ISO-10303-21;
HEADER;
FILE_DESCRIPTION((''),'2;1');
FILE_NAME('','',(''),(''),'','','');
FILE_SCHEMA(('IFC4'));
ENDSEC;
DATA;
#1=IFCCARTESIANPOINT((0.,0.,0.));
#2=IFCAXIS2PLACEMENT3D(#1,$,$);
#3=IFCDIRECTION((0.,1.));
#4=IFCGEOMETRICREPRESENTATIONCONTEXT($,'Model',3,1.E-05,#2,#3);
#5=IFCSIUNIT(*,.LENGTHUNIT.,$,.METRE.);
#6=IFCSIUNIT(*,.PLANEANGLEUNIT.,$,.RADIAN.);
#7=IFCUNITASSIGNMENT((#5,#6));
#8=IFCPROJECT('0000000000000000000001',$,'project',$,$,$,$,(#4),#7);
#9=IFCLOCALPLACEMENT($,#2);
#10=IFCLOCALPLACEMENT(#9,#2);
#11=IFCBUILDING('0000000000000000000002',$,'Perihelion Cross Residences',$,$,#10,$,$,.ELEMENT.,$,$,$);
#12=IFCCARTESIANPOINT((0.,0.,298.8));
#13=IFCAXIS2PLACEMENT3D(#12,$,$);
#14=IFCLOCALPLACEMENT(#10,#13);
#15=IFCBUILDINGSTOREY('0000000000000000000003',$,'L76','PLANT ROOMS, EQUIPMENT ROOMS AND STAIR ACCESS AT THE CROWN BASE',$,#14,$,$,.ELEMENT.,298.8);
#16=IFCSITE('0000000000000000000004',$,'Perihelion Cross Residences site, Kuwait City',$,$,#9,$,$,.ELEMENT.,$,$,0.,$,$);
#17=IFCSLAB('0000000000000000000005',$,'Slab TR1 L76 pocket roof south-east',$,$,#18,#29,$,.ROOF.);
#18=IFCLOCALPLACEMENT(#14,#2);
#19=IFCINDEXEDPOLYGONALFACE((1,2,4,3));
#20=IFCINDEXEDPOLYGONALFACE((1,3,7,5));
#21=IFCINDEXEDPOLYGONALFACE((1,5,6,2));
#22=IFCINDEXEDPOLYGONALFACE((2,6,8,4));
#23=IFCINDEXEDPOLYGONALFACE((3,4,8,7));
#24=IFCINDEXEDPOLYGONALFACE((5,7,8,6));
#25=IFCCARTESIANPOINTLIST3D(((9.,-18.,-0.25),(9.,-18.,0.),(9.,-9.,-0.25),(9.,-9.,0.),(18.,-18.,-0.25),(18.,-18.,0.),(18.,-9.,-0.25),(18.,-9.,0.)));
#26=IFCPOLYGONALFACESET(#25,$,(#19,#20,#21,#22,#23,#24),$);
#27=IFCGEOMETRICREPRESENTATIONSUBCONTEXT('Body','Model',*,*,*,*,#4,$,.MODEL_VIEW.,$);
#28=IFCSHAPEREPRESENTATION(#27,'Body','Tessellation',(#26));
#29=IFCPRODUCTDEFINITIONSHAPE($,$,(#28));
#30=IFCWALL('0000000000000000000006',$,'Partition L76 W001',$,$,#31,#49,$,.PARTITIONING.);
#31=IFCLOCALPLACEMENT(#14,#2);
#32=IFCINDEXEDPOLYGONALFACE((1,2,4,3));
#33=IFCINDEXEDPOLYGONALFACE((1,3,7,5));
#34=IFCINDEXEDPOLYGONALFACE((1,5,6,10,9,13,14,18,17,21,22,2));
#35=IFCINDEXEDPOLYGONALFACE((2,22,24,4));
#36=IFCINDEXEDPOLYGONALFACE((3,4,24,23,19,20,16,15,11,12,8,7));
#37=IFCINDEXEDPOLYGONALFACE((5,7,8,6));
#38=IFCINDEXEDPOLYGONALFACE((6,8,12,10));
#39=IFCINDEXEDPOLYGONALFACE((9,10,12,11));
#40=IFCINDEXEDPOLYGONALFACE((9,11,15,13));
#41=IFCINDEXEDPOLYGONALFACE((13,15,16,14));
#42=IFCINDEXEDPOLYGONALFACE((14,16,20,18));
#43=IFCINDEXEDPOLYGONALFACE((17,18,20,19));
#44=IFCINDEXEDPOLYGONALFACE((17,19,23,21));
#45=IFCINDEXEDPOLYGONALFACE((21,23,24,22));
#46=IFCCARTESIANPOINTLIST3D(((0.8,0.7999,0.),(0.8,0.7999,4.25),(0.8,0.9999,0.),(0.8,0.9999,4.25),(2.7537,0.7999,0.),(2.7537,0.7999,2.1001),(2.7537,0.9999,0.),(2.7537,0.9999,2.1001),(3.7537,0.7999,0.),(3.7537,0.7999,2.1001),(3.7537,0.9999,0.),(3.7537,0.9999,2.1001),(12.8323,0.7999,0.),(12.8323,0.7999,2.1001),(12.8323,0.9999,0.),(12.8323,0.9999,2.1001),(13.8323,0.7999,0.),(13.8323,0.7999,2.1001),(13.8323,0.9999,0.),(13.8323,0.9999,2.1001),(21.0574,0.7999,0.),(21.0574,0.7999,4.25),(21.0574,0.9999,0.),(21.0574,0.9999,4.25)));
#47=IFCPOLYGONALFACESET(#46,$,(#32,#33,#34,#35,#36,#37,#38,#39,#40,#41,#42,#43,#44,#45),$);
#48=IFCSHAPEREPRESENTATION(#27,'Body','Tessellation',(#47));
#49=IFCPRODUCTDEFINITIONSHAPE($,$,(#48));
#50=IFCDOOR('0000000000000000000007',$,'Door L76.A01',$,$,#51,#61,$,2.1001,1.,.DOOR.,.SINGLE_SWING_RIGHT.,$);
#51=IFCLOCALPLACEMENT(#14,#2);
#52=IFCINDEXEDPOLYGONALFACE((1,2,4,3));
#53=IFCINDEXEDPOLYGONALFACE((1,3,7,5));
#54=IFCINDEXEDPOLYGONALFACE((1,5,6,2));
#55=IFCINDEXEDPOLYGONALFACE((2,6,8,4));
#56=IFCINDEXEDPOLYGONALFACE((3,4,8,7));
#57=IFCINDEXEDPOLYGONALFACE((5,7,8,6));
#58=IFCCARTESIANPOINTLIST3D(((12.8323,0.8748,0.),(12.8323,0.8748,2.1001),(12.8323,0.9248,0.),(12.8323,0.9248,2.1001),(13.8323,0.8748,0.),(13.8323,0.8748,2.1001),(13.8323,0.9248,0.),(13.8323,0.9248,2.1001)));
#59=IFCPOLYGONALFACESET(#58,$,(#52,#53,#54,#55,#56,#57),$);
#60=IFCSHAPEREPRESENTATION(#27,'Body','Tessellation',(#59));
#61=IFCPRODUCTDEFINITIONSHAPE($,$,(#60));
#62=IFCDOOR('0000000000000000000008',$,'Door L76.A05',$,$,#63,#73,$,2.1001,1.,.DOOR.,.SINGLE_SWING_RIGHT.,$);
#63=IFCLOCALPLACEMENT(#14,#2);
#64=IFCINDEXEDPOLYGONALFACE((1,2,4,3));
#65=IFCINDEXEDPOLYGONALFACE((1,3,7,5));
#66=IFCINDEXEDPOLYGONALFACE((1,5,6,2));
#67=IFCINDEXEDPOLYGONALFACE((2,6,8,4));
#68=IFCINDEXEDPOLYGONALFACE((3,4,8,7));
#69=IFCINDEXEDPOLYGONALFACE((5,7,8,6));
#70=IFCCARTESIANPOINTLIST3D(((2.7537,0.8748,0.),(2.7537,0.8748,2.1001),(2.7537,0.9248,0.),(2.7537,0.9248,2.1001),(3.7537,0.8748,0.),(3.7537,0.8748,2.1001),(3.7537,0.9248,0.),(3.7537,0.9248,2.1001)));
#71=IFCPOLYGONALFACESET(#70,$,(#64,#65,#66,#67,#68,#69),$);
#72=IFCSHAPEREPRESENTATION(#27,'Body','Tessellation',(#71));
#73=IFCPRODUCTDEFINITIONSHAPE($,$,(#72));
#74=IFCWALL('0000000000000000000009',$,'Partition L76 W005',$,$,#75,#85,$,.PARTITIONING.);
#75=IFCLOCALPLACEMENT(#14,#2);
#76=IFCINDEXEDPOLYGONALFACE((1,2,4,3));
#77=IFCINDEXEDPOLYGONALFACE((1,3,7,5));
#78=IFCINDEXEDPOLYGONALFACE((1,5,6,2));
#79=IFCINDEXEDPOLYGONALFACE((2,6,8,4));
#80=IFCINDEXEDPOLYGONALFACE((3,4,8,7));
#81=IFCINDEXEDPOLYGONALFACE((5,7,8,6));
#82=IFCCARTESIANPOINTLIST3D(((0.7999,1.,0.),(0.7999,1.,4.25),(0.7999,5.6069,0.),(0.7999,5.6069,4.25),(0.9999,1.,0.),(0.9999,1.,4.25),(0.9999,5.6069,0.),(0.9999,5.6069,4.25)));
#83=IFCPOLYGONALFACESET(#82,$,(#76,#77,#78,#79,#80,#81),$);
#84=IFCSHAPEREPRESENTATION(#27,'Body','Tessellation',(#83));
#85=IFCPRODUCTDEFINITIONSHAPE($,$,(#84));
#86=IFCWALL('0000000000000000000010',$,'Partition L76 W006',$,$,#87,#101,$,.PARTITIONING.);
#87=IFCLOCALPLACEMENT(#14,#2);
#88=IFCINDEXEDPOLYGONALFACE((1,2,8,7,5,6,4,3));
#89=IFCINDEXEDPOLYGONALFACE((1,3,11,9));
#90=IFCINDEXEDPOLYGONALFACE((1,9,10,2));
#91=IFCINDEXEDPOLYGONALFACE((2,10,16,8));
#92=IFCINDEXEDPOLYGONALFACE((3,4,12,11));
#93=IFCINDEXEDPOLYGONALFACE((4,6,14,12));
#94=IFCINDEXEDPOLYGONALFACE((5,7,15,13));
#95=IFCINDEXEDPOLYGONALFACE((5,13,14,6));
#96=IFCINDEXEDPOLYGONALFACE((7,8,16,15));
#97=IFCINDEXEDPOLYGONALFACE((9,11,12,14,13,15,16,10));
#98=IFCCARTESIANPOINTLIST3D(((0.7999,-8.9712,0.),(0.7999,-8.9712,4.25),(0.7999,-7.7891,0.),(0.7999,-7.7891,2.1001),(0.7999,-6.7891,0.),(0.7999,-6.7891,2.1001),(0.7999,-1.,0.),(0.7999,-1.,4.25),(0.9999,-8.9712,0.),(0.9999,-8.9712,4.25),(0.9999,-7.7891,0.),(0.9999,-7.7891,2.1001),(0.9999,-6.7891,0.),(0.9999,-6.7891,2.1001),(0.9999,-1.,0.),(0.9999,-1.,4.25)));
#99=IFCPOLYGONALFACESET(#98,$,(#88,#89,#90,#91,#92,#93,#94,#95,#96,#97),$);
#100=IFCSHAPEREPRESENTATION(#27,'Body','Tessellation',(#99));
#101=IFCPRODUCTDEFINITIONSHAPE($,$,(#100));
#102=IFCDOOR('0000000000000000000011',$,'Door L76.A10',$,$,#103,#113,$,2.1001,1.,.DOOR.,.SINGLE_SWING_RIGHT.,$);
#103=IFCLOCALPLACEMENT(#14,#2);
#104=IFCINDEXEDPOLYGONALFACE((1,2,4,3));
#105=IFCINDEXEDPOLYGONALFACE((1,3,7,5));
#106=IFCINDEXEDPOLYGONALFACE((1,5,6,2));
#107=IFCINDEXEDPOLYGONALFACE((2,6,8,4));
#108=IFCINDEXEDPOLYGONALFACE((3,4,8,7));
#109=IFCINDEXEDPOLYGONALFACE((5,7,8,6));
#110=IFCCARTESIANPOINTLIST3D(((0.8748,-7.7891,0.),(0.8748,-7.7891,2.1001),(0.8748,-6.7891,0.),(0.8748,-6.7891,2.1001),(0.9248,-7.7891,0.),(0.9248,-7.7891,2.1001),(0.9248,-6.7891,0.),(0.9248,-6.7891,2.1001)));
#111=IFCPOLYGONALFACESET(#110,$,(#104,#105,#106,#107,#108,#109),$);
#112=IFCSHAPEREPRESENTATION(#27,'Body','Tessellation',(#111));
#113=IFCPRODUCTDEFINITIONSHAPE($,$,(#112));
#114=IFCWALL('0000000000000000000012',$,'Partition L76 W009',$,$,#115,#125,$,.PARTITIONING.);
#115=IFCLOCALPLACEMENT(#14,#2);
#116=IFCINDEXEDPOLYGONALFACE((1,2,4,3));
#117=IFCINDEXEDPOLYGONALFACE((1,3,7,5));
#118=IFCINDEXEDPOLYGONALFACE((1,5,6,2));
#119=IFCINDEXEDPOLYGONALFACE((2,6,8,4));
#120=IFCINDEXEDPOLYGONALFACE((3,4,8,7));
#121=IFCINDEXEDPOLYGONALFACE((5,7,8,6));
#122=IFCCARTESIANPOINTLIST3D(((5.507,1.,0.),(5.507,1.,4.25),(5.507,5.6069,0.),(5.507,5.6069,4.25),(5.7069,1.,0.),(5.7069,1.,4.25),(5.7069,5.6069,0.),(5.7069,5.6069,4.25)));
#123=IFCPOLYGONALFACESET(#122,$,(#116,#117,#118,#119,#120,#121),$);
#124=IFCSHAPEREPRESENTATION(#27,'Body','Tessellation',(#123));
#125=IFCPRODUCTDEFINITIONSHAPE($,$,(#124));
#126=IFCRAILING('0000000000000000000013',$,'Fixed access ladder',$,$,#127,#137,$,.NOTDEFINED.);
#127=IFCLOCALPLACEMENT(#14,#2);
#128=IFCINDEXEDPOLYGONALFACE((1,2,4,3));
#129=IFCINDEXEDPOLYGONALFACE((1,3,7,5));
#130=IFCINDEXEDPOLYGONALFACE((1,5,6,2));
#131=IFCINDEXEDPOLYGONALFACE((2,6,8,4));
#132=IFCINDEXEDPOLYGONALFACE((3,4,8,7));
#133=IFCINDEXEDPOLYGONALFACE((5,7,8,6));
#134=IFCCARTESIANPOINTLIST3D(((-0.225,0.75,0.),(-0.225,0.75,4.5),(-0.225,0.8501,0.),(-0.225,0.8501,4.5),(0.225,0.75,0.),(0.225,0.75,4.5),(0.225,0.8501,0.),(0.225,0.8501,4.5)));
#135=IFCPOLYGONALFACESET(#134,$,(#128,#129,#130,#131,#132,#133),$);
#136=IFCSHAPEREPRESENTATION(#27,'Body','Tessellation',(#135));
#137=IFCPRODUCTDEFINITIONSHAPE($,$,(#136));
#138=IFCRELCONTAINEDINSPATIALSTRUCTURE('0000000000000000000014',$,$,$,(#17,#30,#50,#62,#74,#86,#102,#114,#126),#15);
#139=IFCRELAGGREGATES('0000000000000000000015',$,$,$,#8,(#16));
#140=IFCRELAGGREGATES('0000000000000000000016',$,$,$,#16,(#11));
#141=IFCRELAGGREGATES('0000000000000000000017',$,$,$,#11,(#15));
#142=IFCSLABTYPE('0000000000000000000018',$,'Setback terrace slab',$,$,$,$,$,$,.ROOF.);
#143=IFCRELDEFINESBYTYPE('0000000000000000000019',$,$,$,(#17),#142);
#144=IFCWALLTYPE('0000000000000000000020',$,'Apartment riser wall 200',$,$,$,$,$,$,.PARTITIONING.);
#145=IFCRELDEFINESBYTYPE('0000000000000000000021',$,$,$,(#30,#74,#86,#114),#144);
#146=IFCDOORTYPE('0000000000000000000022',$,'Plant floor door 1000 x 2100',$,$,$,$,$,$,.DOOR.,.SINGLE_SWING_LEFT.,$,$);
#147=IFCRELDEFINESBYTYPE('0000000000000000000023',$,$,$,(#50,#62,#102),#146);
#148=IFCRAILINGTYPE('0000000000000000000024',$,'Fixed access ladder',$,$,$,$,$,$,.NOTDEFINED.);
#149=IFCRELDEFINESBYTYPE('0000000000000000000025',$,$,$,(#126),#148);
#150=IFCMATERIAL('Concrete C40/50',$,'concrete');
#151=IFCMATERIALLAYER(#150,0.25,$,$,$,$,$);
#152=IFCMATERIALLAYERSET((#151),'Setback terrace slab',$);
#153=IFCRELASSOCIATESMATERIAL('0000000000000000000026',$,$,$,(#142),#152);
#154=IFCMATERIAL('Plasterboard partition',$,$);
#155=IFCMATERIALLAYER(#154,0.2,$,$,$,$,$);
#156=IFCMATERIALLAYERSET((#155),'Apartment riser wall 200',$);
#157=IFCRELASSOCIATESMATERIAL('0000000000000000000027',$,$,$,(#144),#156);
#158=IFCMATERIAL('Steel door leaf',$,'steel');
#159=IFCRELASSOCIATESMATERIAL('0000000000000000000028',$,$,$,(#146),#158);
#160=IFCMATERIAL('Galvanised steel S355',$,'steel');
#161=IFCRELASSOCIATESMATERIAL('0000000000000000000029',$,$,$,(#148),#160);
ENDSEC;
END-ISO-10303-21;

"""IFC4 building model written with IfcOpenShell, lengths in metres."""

from ifc_helpers import new_model, si_unit, direction, frame, frame_2d, origin, origin_2d, place, context, subcontext, project, spatial, polyline, rectangle, outline, extrude, material, layer, layer_set, type_object, element, fill, save


model = new_model("IFC4")

# Units and contexts
model_context = context("Model", 3, precision=1e-05, world=origin(), true_north=direction((0.0, 1.0)))
body_context = subcontext(model_context, "Body", "Model", "MODEL_VIEW")
ifc_project = project(units=[si_unit("LENGTHUNIT", "METRE"), si_unit("PLANEANGLEUNIT", "RADIAN")], contexts=[model_context])

# Site, building, storey
site_placement = place(None, origin())
site = spatial("IfcSite", under=ifc_project, at=site_placement, Name="Perihelion Cross Residences site, Kuwait City", CompositionType="ELEMENT", RefElevation=0.0)
building_placement = place(site_placement, origin())
building = spatial("IfcBuilding", under=site, at=building_placement, Name="Perihelion Cross Residences", CompositionType="ELEMENT")
storey_placement = place(building_placement, frame((0.0, 0.0, 298.8)))
storey = spatial("IfcBuildingStorey", under=building, at=storey_placement, Name="L76", Description="PLANT ROOMS, EQUIPMENT ROOMS AND STAIR ACCESS AT THE CROWN BASE", CompositionType="ELEMENT", Elevation=298.8)

# Slab
ifc_material_1 = material(Name="Concrete C40/50", Category="concrete")
ifc_layer_1 = layer(ifc_material_1, 0.25)
ifc_layer_set_1 = layer_set([ifc_layer_1], Name="Setback terrace slab")
slab_type_1 = type_object("IfcSlabType", Name="Setback terrace slab", PredefinedType="ROOF", material=ifc_layer_set_1)
slab_1_placement = place(storey_placement, frame((0.0, 0.0, -0.25)))
element("IfcSlab", 1, at=slab_1_placement, inside=storey, type_object=slab_type_1, Name="Slab TR1 L76 pocket roof south-east", PredefinedType="ROOF", context=body_context, shape_type="SweptSolid", body=[
    extrude(outline(polyline([(18.0, -18.0), (18.0, -9.0), (9.0, -9.0), (9.0, -18.0), (18.0, -18.0)])), origin(), (0.0, 0.0, 1.0), 0.25),
])

# Wall, openings, doors
ifc_material_2 = material(Name="Plasterboard partition")
ifc_layer_2 = layer(ifc_material_2, 0.2)
ifc_layer_set_2 = layer_set([ifc_layer_2], Name="Apartment riser wall 200")
wall_type = type_object("IfcWallType", Name="Apartment riser wall 200", PredefinedType="PARTITIONING", material=ifc_layer_set_2)
wall_1_placement = place(storey_placement, frame((0.8, 0.8999, 0.0), z_axis=(0.0, 0.0, 1.0), x_axis=(1.0, 0.0, 0.0)))
wall_1 = element("IfcWall", 2, at=wall_1_placement, inside=storey, type_object=wall_type, Name="Partition L76 W001", PredefinedType="PARTITIONING", context=body_context, shape_type="SweptSolid", body=[
    extrude(rectangle(XDim=20.2573, YDim=0.2, at=frame_2d((10.1287, 0.0))), origin(), (0.0, 0.0, 1.0), 4.25),
])
opening_1_placement = place(wall_1_placement, frame((12.0322, 0.0, 0.0)))
opening_1 = element("IfcOpeningElement", 3, at=opening_1_placement, cuts=wall_1, PredefinedType="OPENING", context=body_context, shape_type="SweptSolid", body=[
    extrude(rectangle(XDim=1.0, YDim=2.1001, at=frame_2d((0.5, 1.05))), frame((0.0, 0.1099, 0.0), z_axis=(0.0, -1.0, 0.0), x_axis=(1.0, 0.0, 0.0)), (0.0, 0.0, 1.0), 0.22),
])
opening_2_placement = place(wall_1_placement, frame((1.9536, 0.0, 0.0)))
opening_2 = element("IfcOpeningElement", 4, at=opening_2_placement, cuts=wall_1, PredefinedType="OPENING", context=body_context, shape_type="SweptSolid", body=[
    extrude(rectangle(XDim=1.0, YDim=2.1001, at=frame_2d((0.5, 1.05))), frame((0.0, 0.1099, 0.0), z_axis=(0.0, -1.0, 0.0), x_axis=(1.0, 0.0, 0.0)), (0.0, 0.0, 1.0), 0.22),
])
ifc_material_3 = material(Name="Steel door leaf", Category="steel")
door_type = type_object("IfcDoorType", Name="Plant floor door 1000 x 2100", OperationType="SINGLE_SWING_LEFT", PredefinedType="DOOR", material=ifc_material_3)
door_1_placement = place(opening_1_placement, origin())
door_1 = element("IfcDoor", 5, at=door_1_placement, inside=storey, type_object=door_type, Name="Door L76.A01", OperationType="SINGLE_SWING_RIGHT", OverallHeight=2.1001, OverallWidth=1.0, PredefinedType="DOOR", context=body_context, shape_type="SweptSolid", body=[
    extrude(rectangle(XDim=1.0, YDim=2.1001, at=frame_2d((0.5, 1.05))), frame((0.0, 0.0249, 0.0), z_axis=(0.0, -1.0, 0.0), x_axis=(1.0, 0.0, 0.0)), (0.0, 0.0, 1.0), 0.05),
])
fill(opening_1, door_1)
door_2_placement = place(opening_2_placement, origin())
door_2 = element("IfcDoor", 6, at=door_2_placement, inside=storey, type_object=door_type, Name="Door L76.A05", OperationType="SINGLE_SWING_RIGHT", OverallHeight=2.1001, OverallWidth=1.0, PredefinedType="DOOR", context=body_context, shape_type="SweptSolid", body=[
    extrude(rectangle(XDim=1.0, YDim=2.1001, at=frame_2d((0.5, 1.05))), frame((0.0, 0.0249, 0.0), z_axis=(0.0, -1.0, 0.0), x_axis=(1.0, 0.0, 0.0)), (0.0, 0.0, 1.0), 0.05),
])
fill(opening_2, door_2)

# Wall
wall_2_placement = place(storey_placement, frame((0.8999, 5.6069, 0.0), z_axis=(0.0, 0.0, 1.0), x_axis=(0.0, -1.0, 0.0)))
element("IfcWall", 7, at=wall_2_placement, inside=storey, type_object=wall_type, Name="Partition L76 W005", PredefinedType="PARTITIONING", context=body_context, shape_type="SweptSolid", body=[
    extrude(rectangle(XDim=4.6069, YDim=0.2, at=frame_2d((2.3035, 0.0))), origin(), (0.0, 0.0, 1.0), 4.25),
])

# Wall, opening, door
wall_3_placement = place(storey_placement, frame((0.8999, -1.0, 0.0), z_axis=(0.0, 0.0, 1.0), x_axis=(0.0, -1.0, 0.0)))
wall_3 = element("IfcWall", 8, at=wall_3_placement, inside=storey, type_object=wall_type, Name="Partition L76 W006", PredefinedType="PARTITIONING", context=body_context, shape_type="SweptSolid", body=[
    extrude(rectangle(XDim=7.9712, YDim=0.2, at=frame_2d((3.9856, 0.0))), origin(), (0.0, 0.0, 1.0), 4.25),
])
opening_3_placement = place(wall_3_placement, frame((5.7891, 0.0, 0.0)))
opening_3 = element("IfcOpeningElement", 9, at=opening_3_placement, cuts=wall_3, PredefinedType="OPENING", context=body_context, shape_type="SweptSolid", body=[
    extrude(rectangle(XDim=1.0, YDim=2.1001, at=frame_2d((0.5, 1.05))), frame((0.0, 0.1099, 0.0), z_axis=(0.0, -1.0, 0.0), x_axis=(1.0, 0.0, 0.0)), (0.0, 0.0, 1.0), 0.22),
])
door_3_placement = place(opening_3_placement, origin())
door_3 = element("IfcDoor", 10, at=door_3_placement, inside=storey, type_object=door_type, Name="Door L76.A10", OperationType="SINGLE_SWING_RIGHT", OverallHeight=2.1001, OverallWidth=1.0, PredefinedType="DOOR", context=body_context, shape_type="SweptSolid", body=[
    extrude(rectangle(XDim=1.0, YDim=2.1001, at=frame_2d((0.5, 1.05))), frame((0.0, 0.0249, 0.0), z_axis=(0.0, -1.0, 0.0), x_axis=(1.0, 0.0, 0.0)), (0.0, 0.0, 1.0), 0.05),
])
fill(opening_3, door_3)

# Wall
wall_4_placement = place(storey_placement, frame((5.6069, 1.0, 0.0), z_axis=(0.0, 0.0, 1.0), x_axis=(0.0, 1.0, 0.0)))
element("IfcWall", 11, at=wall_4_placement, inside=storey, type_object=wall_type, Name="Partition L76 W009", PredefinedType="PARTITIONING", context=body_context, shape_type="SweptSolid", body=[
    extrude(rectangle(XDim=4.6069, YDim=0.2, at=frame_2d((2.3035, 0.0))), origin(), (0.0, 0.0, 1.0), 4.25),
])

# Railing
ifc_material_4 = material(Name="Galvanised steel S355", Category="steel")
railing_type_1 = type_object("IfcRailingType", Name="Fixed access ladder", PredefinedType="NOTDEFINED", material=ifc_material_4)
railing_1_placement = place(storey_placement, frame((0.0, 0.8, 0.0), z_axis=(0.0, 0.0, 1.0), x_axis=(1.0, 0.0, 0.0)))
element("IfcRailing", 12, at=railing_1_placement, inside=storey, type_object=railing_type_1, Name="Fixed access ladder", PredefinedType="NOTDEFINED", context=body_context, shape_type="SweptSolid", body=[
    extrude(rectangle(XDim=0.45, YDim=0.1001, at=origin_2d()), origin(), (0.0, 0.0, 1.0), 4.5),
])

save(model, "model.ifc")
